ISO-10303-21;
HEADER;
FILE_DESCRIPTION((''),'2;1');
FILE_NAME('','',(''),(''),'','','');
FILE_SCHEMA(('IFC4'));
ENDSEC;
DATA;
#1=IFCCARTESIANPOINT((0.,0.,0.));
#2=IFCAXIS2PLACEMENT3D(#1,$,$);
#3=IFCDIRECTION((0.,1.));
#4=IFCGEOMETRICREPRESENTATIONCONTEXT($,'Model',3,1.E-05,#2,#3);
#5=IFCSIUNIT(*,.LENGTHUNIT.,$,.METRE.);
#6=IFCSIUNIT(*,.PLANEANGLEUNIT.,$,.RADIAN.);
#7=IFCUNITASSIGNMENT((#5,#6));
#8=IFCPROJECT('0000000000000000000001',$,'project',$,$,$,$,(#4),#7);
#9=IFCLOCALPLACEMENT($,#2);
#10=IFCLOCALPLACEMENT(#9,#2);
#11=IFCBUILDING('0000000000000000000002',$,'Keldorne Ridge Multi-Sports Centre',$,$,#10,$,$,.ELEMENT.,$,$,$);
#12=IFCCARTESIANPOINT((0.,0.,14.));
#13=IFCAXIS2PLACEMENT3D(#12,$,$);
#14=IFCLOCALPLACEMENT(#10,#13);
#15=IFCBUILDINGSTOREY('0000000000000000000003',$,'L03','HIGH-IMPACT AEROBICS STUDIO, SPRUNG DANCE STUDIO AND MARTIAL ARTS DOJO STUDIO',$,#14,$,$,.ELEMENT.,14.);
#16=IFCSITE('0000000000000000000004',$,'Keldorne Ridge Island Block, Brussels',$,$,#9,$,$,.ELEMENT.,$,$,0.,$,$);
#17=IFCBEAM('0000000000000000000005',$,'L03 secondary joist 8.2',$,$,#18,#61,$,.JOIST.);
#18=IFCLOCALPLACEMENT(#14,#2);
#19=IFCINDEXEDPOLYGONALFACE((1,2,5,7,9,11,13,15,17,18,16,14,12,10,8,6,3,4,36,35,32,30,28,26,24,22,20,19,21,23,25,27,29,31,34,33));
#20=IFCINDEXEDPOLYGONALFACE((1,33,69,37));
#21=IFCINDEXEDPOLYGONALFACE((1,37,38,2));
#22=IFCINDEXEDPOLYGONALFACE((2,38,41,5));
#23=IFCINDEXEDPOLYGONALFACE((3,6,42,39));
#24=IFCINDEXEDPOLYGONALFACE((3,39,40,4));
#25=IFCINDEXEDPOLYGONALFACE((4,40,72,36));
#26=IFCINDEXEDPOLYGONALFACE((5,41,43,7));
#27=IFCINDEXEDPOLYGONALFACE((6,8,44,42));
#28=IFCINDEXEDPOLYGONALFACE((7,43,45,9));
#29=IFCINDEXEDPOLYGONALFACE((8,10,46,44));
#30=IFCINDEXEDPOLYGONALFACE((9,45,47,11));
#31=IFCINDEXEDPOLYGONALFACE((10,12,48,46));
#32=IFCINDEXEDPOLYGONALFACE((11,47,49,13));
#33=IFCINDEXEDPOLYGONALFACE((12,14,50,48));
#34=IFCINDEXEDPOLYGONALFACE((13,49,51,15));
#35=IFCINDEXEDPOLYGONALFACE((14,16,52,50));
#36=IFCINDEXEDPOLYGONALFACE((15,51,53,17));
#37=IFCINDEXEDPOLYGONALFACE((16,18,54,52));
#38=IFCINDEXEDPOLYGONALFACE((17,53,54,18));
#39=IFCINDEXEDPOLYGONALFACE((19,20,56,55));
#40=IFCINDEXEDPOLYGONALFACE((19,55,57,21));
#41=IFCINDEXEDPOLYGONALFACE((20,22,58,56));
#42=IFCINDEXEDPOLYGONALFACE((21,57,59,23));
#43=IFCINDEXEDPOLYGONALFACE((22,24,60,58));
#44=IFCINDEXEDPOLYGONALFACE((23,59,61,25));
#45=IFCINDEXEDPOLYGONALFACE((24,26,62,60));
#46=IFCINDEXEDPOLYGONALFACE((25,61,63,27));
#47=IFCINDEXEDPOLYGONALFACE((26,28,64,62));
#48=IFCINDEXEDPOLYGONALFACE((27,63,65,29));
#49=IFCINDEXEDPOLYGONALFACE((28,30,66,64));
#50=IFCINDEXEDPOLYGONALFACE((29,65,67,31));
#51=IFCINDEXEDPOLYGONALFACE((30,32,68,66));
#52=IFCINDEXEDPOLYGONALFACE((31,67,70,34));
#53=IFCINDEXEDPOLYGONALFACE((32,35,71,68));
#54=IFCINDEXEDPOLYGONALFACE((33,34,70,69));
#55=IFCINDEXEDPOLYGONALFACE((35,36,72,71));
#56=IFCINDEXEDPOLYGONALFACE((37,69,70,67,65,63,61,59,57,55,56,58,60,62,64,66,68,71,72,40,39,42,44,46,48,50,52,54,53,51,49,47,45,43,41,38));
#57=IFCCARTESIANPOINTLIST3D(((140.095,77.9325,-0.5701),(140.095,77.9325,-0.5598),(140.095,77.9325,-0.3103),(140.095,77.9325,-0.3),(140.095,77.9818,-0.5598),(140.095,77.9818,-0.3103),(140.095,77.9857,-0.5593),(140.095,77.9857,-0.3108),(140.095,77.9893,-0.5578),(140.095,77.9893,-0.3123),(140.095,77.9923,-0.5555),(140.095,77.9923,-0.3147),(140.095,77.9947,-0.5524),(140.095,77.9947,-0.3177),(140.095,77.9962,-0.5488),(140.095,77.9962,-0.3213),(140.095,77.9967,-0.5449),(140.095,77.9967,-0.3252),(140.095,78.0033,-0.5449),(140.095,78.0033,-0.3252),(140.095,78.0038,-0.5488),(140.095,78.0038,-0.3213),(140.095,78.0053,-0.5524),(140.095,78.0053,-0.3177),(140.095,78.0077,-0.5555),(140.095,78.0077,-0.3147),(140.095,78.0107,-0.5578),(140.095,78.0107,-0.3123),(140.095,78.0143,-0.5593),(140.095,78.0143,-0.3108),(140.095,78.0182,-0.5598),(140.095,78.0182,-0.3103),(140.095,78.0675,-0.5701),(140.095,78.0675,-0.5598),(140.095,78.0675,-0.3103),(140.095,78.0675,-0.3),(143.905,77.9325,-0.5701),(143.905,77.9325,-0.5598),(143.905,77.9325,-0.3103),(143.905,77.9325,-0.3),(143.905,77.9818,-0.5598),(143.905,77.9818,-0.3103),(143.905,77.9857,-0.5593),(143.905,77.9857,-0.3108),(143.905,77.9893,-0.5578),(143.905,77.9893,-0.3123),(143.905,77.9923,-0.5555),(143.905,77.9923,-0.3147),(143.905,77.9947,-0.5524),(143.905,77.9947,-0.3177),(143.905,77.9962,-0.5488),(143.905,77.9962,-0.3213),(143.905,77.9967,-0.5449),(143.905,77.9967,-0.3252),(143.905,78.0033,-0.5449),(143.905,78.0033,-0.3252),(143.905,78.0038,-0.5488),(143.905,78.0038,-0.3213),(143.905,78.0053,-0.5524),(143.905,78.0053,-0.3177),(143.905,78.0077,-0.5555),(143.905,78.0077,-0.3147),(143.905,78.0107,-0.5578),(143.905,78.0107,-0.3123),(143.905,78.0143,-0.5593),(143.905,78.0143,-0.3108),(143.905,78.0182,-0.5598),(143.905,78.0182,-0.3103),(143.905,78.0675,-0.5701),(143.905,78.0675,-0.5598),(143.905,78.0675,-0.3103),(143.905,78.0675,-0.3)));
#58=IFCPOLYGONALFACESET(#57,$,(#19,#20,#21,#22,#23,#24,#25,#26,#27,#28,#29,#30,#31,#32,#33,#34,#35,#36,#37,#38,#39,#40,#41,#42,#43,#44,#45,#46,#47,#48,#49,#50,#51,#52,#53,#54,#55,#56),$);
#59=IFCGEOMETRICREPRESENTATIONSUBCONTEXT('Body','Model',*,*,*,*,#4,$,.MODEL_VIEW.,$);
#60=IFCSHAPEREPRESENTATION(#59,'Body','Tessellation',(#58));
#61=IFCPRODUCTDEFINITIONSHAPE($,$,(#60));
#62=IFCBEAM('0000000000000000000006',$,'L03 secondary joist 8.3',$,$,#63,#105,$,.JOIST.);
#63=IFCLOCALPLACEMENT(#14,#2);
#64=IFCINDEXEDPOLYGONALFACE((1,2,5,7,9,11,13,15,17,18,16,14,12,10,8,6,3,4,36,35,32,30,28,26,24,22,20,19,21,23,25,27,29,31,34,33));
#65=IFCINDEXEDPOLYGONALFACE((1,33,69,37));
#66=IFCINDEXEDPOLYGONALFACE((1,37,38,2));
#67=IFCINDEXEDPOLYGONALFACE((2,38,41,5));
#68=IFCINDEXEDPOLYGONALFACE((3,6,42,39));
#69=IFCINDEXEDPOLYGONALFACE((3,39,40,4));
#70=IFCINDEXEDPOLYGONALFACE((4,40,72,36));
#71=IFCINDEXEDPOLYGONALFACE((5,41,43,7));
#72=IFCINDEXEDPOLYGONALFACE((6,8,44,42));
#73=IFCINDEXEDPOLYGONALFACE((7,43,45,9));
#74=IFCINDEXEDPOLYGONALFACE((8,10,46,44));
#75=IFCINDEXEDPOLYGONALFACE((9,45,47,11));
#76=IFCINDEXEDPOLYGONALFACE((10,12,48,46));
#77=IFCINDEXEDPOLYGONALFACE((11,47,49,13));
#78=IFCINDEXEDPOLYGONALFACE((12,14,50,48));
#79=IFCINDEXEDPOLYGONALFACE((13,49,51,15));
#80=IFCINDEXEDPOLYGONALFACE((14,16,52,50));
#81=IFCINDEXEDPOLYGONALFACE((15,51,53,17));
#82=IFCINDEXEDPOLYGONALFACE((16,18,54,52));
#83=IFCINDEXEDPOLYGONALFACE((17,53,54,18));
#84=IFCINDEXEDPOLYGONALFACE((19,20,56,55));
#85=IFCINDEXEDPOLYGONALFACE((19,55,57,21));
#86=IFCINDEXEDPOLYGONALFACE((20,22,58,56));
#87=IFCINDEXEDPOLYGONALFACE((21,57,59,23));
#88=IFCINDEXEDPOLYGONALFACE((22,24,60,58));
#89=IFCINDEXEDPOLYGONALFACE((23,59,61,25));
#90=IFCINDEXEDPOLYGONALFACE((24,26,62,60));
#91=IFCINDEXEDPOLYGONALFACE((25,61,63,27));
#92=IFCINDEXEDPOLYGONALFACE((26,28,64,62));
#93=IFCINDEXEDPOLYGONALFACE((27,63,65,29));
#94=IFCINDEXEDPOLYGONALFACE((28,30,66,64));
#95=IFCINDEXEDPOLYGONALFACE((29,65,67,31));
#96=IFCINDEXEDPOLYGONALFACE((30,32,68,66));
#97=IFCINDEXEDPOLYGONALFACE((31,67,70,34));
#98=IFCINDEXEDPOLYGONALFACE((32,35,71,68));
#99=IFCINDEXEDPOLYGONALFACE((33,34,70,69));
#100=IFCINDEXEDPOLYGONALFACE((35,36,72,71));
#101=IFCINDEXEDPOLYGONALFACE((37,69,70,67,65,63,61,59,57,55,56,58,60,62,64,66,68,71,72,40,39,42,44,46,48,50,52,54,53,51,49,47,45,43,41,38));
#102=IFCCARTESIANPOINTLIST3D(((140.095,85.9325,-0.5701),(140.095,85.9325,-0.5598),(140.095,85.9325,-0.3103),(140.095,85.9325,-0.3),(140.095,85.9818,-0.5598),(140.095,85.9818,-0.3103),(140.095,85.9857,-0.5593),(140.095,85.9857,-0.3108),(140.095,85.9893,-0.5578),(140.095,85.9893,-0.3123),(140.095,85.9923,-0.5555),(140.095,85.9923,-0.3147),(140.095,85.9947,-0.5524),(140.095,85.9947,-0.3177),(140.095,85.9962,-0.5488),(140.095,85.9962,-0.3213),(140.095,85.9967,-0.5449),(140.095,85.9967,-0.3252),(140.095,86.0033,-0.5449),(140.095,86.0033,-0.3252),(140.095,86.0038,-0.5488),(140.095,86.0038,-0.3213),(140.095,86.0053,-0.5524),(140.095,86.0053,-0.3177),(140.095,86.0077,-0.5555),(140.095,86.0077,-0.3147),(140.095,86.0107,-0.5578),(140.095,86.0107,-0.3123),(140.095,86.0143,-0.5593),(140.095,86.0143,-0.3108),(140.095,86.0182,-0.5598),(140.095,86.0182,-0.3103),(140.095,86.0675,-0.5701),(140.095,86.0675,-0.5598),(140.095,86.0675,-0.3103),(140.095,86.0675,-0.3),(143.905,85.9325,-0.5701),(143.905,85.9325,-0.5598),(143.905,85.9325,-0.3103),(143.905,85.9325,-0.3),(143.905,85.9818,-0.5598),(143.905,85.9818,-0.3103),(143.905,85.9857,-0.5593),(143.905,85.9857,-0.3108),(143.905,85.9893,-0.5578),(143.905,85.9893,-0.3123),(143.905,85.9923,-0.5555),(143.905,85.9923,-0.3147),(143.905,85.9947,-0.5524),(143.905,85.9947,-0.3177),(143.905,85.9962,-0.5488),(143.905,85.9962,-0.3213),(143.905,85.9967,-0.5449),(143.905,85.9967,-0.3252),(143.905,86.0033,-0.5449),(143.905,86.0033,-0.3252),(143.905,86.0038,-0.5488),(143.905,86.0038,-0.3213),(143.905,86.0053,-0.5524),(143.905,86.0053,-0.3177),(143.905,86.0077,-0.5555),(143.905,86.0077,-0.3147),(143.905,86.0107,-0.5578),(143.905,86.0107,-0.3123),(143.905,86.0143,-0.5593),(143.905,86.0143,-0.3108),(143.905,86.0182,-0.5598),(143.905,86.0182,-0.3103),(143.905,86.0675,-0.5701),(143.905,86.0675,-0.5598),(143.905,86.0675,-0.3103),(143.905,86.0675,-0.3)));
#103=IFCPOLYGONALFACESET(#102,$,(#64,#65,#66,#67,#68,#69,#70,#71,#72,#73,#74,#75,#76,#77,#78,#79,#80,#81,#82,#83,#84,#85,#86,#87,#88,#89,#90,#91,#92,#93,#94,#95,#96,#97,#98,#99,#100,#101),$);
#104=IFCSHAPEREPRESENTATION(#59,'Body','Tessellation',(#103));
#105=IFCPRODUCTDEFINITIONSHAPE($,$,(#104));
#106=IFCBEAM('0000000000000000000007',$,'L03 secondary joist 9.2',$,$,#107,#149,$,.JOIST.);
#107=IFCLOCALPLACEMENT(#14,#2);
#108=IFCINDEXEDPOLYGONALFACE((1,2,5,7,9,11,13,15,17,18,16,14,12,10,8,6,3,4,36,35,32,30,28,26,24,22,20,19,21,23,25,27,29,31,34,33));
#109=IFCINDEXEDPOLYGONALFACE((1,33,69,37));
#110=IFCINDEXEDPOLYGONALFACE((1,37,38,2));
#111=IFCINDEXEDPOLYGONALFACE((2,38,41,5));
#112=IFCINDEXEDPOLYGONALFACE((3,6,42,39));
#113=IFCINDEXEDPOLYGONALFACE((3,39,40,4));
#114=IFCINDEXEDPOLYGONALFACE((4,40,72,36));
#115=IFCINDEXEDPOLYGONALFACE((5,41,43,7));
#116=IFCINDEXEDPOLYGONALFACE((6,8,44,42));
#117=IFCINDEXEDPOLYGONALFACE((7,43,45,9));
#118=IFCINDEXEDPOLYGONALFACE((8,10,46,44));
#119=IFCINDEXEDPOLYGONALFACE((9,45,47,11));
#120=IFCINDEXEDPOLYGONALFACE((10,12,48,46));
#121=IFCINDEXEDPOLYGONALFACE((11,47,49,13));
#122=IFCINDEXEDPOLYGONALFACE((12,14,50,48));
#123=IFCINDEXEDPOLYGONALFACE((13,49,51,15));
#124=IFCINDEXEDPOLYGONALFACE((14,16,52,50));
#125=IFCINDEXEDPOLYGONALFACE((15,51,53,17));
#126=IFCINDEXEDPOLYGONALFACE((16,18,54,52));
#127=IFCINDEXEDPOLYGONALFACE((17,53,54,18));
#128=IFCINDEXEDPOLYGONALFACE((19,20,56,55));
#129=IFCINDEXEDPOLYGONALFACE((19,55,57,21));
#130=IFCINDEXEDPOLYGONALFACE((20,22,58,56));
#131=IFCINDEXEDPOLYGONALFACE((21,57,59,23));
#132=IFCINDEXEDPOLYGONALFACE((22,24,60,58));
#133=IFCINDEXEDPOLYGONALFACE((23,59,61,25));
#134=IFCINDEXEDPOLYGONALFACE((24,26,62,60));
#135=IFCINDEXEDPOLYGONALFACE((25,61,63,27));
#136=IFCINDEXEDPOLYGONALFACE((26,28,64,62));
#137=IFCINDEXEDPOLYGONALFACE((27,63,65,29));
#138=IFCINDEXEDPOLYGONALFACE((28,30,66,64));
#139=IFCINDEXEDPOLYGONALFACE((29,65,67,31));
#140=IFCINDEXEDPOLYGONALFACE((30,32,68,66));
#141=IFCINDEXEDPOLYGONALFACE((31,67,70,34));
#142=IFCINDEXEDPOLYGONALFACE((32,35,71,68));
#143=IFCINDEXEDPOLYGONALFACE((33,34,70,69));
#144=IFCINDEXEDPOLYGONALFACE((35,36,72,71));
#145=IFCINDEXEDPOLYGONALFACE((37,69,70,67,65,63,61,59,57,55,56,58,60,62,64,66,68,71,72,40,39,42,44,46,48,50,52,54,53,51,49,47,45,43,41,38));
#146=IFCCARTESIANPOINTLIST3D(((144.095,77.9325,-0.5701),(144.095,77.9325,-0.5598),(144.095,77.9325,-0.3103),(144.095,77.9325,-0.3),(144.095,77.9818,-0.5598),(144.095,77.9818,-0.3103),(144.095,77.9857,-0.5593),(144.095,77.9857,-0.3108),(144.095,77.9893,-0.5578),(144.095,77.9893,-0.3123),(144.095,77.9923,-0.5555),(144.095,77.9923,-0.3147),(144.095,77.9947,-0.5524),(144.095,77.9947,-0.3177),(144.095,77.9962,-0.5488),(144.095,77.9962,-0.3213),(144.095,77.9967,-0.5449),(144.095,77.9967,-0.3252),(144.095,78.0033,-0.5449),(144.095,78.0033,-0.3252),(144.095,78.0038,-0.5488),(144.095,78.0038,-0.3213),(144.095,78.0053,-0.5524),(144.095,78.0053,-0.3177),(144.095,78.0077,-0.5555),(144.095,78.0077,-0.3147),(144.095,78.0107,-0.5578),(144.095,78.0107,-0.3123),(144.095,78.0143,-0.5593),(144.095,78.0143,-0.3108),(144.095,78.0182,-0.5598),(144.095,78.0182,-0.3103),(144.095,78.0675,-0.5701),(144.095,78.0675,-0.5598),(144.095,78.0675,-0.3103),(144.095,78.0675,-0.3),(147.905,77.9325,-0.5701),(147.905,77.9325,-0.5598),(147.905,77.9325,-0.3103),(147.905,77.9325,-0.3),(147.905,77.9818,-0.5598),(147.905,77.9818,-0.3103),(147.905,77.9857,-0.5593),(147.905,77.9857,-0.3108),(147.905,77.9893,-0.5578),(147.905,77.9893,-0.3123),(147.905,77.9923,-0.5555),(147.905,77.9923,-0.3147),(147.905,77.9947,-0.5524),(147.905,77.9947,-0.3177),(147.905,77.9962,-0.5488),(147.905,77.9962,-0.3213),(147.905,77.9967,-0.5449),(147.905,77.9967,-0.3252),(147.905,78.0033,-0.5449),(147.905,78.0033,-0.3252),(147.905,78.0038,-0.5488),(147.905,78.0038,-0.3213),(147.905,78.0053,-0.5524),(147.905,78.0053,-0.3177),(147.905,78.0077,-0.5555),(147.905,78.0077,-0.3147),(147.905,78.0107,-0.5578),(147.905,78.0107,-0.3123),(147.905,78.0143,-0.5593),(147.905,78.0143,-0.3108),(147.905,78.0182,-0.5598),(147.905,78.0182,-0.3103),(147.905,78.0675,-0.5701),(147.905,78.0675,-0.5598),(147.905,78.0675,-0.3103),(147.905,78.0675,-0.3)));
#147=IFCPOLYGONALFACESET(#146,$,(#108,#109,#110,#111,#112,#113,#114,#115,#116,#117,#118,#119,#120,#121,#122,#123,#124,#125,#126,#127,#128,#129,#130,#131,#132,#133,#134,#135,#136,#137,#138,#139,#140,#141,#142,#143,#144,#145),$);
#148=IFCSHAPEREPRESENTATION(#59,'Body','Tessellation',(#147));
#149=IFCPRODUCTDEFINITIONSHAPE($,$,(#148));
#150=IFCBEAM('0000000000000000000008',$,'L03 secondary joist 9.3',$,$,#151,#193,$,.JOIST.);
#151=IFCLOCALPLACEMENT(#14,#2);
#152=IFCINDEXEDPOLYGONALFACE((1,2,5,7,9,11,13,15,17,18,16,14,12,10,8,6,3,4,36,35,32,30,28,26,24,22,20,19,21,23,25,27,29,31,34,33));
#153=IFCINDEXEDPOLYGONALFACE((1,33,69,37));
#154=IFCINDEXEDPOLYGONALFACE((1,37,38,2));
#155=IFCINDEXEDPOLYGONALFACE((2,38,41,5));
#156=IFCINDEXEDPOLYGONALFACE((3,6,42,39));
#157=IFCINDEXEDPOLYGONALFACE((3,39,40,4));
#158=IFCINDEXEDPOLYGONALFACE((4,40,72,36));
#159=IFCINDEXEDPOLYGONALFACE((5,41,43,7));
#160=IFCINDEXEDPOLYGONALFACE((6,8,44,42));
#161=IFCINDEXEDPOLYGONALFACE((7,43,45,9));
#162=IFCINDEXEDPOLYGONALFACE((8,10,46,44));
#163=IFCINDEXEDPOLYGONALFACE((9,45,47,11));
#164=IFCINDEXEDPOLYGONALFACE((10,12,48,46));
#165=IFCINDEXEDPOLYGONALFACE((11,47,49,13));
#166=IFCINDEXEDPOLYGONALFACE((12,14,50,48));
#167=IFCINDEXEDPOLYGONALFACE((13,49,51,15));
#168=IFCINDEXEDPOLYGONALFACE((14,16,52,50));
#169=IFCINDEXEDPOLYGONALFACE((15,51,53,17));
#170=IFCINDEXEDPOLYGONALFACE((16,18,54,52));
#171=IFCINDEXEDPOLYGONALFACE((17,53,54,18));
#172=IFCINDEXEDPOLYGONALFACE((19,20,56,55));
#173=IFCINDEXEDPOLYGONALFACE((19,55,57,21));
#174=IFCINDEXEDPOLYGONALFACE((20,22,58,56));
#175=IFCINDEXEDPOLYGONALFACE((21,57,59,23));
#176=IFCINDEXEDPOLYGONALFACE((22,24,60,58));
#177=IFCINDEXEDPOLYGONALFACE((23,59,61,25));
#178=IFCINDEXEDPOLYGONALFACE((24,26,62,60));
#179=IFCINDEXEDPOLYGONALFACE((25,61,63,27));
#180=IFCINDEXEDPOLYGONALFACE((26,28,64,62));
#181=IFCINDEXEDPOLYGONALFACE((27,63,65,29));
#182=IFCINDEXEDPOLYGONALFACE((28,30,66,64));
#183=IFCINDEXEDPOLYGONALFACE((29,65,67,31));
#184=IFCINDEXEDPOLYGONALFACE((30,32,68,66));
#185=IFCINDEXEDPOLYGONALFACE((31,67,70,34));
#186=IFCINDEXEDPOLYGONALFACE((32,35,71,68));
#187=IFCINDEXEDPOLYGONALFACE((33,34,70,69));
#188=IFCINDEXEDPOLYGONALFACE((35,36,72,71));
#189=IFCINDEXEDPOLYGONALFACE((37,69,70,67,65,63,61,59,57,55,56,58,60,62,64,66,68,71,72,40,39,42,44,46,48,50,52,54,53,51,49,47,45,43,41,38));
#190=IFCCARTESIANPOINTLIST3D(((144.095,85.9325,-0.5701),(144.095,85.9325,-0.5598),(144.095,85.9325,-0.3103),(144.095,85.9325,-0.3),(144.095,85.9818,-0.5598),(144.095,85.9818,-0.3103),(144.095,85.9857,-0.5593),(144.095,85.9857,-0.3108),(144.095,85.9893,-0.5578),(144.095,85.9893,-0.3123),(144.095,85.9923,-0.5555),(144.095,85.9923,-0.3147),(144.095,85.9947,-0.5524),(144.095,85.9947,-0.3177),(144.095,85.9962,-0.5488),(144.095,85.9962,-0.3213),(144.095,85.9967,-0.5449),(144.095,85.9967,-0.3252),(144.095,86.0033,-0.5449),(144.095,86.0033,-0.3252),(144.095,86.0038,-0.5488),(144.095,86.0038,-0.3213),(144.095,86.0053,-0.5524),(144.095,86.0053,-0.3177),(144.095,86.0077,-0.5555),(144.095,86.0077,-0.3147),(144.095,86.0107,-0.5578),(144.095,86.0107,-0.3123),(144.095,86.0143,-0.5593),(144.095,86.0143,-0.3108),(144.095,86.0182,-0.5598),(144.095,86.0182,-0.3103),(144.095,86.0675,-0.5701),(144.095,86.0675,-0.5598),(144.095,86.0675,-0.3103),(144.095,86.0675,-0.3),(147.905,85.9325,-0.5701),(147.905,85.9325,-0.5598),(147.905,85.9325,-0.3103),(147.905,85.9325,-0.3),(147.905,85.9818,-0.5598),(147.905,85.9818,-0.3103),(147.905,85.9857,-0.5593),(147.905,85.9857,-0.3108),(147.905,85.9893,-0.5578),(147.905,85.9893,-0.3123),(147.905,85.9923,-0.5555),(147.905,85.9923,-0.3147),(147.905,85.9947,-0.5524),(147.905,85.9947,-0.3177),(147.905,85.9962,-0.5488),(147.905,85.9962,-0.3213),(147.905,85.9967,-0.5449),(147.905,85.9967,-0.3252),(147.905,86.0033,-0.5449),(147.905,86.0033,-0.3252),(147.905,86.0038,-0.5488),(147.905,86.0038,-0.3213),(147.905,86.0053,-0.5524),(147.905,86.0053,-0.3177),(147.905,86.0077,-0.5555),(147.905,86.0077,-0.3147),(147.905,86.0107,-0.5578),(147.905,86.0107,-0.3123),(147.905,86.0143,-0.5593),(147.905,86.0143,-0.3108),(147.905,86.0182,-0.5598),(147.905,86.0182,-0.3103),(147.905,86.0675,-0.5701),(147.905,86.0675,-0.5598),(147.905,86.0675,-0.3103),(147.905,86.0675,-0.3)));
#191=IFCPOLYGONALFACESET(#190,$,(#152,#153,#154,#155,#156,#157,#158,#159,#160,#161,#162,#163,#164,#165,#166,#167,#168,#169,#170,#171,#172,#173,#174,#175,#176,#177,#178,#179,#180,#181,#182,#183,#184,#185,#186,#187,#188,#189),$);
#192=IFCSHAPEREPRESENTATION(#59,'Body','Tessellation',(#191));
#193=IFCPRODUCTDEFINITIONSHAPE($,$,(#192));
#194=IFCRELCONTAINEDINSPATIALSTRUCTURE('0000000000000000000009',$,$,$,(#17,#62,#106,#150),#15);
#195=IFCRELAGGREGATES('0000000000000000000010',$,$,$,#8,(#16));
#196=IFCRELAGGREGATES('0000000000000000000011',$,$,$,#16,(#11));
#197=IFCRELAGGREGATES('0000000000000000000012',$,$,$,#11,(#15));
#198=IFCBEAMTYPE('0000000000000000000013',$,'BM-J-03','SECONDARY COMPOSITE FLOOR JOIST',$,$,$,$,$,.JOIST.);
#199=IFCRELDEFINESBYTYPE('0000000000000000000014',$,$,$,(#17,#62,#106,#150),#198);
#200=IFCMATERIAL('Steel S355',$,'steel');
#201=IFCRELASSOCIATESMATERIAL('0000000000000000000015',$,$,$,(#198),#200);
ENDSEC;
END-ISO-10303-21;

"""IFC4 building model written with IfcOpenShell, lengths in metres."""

from ifc_helpers import new_model, si_unit, direction, frame, origin, origin_2d, place, context, subcontext, project, spatial, i_section, extrude, material, material_profile, profile_set, type_object, element, save


model = new_model("IFC4")

# Units and contexts
model_context = context("Model", 3, precision=1e-05, world=origin(), true_north=direction((0.0, 1.0)))
body_context = subcontext(model_context, "Body", "Model", "MODEL_VIEW")
ifc_project = project(units=[si_unit("LENGTHUNIT", "METRE"), si_unit("PLANEANGLEUNIT", "RADIAN")], contexts=[model_context])

# Site, building, storey
site_placement = place(None, origin())
site = spatial("IfcSite", under=ifc_project, at=site_placement, Name="Keldorne Ridge Island Block, Brussels", CompositionType="ELEMENT", RefElevation=0.0)
building_placement = place(site_placement, origin())
building = spatial("IfcBuilding", under=site, at=building_placement, Name="Keldorne Ridge Multi-Sports Centre", CompositionType="ELEMENT")
storey_placement = place(building_placement, frame((0.0, 0.0, 14.0)))
storey = spatial("IfcBuildingStorey", under=building, at=storey_placement, Name="L03", Description="HIGH-IMPACT AEROBICS STUDIO, SPRUNG DANCE STUDIO AND MARTIAL ARTS DOJO STUDIO", CompositionType="ELEMENT", Elevation=14.0)

# Shared definitions
ifc_material_1 = material(Name="Steel S355", Category="steel")

# Beams
ifc_material_profile_1 = material_profile(ifc_material_1, i_section(OverallWidth=0.135, OverallDepth=0.27, WebThickness=0.0066, FlangeThickness=0.0103, FilletRadius=0.0149, at=origin_2d()), Name="IPE 270")
ifc_profile_set_1 = profile_set([ifc_material_profile_1], Name="Steel S355")
beam_type_1 = type_object("IfcBeamType", Name="BM-J-03", Description="SECONDARY COMPOSITE FLOOR JOIST", PredefinedType="JOIST", material=ifc_profile_set_1)
for number, where, z_axis, x_axis, name in (
    (1, (140.095, 78.0, -0.4351), (1.0, 0.0, 0.0), (0.0, 1.0, 0.0), "L03 secondary joist 8.2"),
    (2, (140.095, 86.0, -0.4351), (1.0, 0.0, 0.0), (0.0, 1.0, 0.0), "L03 secondary joist 8.3"),
    (3, (144.095, 78.0, -0.4351), (1.0, 0.0, 0.0), (0.0, 1.0, 0.0), "L03 secondary joist 9.2"),
    (4, (144.095, 86.0, -0.4351), (1.0, 0.0, 0.0), (0.0, 1.0, 0.0), "L03 secondary joist 9.3"),
):
    element("IfcBeam", number, at=place(storey_placement, frame(where, z_axis=z_axis, x_axis=x_axis)), inside=storey, type_object=beam_type_1, Name=name, PredefinedType="JOIST", context=body_context, shape_type="SweptSolid", body=[
        extrude(i_section(OverallWidth=0.135, OverallDepth=0.27, WebThickness=0.0066, FlangeThickness=0.0103, FilletRadius=0.0149, at=origin_2d()), origin(), (0.0, 0.0, 1.0), 3.8101),
    ])

save(model, "model.ifc")
